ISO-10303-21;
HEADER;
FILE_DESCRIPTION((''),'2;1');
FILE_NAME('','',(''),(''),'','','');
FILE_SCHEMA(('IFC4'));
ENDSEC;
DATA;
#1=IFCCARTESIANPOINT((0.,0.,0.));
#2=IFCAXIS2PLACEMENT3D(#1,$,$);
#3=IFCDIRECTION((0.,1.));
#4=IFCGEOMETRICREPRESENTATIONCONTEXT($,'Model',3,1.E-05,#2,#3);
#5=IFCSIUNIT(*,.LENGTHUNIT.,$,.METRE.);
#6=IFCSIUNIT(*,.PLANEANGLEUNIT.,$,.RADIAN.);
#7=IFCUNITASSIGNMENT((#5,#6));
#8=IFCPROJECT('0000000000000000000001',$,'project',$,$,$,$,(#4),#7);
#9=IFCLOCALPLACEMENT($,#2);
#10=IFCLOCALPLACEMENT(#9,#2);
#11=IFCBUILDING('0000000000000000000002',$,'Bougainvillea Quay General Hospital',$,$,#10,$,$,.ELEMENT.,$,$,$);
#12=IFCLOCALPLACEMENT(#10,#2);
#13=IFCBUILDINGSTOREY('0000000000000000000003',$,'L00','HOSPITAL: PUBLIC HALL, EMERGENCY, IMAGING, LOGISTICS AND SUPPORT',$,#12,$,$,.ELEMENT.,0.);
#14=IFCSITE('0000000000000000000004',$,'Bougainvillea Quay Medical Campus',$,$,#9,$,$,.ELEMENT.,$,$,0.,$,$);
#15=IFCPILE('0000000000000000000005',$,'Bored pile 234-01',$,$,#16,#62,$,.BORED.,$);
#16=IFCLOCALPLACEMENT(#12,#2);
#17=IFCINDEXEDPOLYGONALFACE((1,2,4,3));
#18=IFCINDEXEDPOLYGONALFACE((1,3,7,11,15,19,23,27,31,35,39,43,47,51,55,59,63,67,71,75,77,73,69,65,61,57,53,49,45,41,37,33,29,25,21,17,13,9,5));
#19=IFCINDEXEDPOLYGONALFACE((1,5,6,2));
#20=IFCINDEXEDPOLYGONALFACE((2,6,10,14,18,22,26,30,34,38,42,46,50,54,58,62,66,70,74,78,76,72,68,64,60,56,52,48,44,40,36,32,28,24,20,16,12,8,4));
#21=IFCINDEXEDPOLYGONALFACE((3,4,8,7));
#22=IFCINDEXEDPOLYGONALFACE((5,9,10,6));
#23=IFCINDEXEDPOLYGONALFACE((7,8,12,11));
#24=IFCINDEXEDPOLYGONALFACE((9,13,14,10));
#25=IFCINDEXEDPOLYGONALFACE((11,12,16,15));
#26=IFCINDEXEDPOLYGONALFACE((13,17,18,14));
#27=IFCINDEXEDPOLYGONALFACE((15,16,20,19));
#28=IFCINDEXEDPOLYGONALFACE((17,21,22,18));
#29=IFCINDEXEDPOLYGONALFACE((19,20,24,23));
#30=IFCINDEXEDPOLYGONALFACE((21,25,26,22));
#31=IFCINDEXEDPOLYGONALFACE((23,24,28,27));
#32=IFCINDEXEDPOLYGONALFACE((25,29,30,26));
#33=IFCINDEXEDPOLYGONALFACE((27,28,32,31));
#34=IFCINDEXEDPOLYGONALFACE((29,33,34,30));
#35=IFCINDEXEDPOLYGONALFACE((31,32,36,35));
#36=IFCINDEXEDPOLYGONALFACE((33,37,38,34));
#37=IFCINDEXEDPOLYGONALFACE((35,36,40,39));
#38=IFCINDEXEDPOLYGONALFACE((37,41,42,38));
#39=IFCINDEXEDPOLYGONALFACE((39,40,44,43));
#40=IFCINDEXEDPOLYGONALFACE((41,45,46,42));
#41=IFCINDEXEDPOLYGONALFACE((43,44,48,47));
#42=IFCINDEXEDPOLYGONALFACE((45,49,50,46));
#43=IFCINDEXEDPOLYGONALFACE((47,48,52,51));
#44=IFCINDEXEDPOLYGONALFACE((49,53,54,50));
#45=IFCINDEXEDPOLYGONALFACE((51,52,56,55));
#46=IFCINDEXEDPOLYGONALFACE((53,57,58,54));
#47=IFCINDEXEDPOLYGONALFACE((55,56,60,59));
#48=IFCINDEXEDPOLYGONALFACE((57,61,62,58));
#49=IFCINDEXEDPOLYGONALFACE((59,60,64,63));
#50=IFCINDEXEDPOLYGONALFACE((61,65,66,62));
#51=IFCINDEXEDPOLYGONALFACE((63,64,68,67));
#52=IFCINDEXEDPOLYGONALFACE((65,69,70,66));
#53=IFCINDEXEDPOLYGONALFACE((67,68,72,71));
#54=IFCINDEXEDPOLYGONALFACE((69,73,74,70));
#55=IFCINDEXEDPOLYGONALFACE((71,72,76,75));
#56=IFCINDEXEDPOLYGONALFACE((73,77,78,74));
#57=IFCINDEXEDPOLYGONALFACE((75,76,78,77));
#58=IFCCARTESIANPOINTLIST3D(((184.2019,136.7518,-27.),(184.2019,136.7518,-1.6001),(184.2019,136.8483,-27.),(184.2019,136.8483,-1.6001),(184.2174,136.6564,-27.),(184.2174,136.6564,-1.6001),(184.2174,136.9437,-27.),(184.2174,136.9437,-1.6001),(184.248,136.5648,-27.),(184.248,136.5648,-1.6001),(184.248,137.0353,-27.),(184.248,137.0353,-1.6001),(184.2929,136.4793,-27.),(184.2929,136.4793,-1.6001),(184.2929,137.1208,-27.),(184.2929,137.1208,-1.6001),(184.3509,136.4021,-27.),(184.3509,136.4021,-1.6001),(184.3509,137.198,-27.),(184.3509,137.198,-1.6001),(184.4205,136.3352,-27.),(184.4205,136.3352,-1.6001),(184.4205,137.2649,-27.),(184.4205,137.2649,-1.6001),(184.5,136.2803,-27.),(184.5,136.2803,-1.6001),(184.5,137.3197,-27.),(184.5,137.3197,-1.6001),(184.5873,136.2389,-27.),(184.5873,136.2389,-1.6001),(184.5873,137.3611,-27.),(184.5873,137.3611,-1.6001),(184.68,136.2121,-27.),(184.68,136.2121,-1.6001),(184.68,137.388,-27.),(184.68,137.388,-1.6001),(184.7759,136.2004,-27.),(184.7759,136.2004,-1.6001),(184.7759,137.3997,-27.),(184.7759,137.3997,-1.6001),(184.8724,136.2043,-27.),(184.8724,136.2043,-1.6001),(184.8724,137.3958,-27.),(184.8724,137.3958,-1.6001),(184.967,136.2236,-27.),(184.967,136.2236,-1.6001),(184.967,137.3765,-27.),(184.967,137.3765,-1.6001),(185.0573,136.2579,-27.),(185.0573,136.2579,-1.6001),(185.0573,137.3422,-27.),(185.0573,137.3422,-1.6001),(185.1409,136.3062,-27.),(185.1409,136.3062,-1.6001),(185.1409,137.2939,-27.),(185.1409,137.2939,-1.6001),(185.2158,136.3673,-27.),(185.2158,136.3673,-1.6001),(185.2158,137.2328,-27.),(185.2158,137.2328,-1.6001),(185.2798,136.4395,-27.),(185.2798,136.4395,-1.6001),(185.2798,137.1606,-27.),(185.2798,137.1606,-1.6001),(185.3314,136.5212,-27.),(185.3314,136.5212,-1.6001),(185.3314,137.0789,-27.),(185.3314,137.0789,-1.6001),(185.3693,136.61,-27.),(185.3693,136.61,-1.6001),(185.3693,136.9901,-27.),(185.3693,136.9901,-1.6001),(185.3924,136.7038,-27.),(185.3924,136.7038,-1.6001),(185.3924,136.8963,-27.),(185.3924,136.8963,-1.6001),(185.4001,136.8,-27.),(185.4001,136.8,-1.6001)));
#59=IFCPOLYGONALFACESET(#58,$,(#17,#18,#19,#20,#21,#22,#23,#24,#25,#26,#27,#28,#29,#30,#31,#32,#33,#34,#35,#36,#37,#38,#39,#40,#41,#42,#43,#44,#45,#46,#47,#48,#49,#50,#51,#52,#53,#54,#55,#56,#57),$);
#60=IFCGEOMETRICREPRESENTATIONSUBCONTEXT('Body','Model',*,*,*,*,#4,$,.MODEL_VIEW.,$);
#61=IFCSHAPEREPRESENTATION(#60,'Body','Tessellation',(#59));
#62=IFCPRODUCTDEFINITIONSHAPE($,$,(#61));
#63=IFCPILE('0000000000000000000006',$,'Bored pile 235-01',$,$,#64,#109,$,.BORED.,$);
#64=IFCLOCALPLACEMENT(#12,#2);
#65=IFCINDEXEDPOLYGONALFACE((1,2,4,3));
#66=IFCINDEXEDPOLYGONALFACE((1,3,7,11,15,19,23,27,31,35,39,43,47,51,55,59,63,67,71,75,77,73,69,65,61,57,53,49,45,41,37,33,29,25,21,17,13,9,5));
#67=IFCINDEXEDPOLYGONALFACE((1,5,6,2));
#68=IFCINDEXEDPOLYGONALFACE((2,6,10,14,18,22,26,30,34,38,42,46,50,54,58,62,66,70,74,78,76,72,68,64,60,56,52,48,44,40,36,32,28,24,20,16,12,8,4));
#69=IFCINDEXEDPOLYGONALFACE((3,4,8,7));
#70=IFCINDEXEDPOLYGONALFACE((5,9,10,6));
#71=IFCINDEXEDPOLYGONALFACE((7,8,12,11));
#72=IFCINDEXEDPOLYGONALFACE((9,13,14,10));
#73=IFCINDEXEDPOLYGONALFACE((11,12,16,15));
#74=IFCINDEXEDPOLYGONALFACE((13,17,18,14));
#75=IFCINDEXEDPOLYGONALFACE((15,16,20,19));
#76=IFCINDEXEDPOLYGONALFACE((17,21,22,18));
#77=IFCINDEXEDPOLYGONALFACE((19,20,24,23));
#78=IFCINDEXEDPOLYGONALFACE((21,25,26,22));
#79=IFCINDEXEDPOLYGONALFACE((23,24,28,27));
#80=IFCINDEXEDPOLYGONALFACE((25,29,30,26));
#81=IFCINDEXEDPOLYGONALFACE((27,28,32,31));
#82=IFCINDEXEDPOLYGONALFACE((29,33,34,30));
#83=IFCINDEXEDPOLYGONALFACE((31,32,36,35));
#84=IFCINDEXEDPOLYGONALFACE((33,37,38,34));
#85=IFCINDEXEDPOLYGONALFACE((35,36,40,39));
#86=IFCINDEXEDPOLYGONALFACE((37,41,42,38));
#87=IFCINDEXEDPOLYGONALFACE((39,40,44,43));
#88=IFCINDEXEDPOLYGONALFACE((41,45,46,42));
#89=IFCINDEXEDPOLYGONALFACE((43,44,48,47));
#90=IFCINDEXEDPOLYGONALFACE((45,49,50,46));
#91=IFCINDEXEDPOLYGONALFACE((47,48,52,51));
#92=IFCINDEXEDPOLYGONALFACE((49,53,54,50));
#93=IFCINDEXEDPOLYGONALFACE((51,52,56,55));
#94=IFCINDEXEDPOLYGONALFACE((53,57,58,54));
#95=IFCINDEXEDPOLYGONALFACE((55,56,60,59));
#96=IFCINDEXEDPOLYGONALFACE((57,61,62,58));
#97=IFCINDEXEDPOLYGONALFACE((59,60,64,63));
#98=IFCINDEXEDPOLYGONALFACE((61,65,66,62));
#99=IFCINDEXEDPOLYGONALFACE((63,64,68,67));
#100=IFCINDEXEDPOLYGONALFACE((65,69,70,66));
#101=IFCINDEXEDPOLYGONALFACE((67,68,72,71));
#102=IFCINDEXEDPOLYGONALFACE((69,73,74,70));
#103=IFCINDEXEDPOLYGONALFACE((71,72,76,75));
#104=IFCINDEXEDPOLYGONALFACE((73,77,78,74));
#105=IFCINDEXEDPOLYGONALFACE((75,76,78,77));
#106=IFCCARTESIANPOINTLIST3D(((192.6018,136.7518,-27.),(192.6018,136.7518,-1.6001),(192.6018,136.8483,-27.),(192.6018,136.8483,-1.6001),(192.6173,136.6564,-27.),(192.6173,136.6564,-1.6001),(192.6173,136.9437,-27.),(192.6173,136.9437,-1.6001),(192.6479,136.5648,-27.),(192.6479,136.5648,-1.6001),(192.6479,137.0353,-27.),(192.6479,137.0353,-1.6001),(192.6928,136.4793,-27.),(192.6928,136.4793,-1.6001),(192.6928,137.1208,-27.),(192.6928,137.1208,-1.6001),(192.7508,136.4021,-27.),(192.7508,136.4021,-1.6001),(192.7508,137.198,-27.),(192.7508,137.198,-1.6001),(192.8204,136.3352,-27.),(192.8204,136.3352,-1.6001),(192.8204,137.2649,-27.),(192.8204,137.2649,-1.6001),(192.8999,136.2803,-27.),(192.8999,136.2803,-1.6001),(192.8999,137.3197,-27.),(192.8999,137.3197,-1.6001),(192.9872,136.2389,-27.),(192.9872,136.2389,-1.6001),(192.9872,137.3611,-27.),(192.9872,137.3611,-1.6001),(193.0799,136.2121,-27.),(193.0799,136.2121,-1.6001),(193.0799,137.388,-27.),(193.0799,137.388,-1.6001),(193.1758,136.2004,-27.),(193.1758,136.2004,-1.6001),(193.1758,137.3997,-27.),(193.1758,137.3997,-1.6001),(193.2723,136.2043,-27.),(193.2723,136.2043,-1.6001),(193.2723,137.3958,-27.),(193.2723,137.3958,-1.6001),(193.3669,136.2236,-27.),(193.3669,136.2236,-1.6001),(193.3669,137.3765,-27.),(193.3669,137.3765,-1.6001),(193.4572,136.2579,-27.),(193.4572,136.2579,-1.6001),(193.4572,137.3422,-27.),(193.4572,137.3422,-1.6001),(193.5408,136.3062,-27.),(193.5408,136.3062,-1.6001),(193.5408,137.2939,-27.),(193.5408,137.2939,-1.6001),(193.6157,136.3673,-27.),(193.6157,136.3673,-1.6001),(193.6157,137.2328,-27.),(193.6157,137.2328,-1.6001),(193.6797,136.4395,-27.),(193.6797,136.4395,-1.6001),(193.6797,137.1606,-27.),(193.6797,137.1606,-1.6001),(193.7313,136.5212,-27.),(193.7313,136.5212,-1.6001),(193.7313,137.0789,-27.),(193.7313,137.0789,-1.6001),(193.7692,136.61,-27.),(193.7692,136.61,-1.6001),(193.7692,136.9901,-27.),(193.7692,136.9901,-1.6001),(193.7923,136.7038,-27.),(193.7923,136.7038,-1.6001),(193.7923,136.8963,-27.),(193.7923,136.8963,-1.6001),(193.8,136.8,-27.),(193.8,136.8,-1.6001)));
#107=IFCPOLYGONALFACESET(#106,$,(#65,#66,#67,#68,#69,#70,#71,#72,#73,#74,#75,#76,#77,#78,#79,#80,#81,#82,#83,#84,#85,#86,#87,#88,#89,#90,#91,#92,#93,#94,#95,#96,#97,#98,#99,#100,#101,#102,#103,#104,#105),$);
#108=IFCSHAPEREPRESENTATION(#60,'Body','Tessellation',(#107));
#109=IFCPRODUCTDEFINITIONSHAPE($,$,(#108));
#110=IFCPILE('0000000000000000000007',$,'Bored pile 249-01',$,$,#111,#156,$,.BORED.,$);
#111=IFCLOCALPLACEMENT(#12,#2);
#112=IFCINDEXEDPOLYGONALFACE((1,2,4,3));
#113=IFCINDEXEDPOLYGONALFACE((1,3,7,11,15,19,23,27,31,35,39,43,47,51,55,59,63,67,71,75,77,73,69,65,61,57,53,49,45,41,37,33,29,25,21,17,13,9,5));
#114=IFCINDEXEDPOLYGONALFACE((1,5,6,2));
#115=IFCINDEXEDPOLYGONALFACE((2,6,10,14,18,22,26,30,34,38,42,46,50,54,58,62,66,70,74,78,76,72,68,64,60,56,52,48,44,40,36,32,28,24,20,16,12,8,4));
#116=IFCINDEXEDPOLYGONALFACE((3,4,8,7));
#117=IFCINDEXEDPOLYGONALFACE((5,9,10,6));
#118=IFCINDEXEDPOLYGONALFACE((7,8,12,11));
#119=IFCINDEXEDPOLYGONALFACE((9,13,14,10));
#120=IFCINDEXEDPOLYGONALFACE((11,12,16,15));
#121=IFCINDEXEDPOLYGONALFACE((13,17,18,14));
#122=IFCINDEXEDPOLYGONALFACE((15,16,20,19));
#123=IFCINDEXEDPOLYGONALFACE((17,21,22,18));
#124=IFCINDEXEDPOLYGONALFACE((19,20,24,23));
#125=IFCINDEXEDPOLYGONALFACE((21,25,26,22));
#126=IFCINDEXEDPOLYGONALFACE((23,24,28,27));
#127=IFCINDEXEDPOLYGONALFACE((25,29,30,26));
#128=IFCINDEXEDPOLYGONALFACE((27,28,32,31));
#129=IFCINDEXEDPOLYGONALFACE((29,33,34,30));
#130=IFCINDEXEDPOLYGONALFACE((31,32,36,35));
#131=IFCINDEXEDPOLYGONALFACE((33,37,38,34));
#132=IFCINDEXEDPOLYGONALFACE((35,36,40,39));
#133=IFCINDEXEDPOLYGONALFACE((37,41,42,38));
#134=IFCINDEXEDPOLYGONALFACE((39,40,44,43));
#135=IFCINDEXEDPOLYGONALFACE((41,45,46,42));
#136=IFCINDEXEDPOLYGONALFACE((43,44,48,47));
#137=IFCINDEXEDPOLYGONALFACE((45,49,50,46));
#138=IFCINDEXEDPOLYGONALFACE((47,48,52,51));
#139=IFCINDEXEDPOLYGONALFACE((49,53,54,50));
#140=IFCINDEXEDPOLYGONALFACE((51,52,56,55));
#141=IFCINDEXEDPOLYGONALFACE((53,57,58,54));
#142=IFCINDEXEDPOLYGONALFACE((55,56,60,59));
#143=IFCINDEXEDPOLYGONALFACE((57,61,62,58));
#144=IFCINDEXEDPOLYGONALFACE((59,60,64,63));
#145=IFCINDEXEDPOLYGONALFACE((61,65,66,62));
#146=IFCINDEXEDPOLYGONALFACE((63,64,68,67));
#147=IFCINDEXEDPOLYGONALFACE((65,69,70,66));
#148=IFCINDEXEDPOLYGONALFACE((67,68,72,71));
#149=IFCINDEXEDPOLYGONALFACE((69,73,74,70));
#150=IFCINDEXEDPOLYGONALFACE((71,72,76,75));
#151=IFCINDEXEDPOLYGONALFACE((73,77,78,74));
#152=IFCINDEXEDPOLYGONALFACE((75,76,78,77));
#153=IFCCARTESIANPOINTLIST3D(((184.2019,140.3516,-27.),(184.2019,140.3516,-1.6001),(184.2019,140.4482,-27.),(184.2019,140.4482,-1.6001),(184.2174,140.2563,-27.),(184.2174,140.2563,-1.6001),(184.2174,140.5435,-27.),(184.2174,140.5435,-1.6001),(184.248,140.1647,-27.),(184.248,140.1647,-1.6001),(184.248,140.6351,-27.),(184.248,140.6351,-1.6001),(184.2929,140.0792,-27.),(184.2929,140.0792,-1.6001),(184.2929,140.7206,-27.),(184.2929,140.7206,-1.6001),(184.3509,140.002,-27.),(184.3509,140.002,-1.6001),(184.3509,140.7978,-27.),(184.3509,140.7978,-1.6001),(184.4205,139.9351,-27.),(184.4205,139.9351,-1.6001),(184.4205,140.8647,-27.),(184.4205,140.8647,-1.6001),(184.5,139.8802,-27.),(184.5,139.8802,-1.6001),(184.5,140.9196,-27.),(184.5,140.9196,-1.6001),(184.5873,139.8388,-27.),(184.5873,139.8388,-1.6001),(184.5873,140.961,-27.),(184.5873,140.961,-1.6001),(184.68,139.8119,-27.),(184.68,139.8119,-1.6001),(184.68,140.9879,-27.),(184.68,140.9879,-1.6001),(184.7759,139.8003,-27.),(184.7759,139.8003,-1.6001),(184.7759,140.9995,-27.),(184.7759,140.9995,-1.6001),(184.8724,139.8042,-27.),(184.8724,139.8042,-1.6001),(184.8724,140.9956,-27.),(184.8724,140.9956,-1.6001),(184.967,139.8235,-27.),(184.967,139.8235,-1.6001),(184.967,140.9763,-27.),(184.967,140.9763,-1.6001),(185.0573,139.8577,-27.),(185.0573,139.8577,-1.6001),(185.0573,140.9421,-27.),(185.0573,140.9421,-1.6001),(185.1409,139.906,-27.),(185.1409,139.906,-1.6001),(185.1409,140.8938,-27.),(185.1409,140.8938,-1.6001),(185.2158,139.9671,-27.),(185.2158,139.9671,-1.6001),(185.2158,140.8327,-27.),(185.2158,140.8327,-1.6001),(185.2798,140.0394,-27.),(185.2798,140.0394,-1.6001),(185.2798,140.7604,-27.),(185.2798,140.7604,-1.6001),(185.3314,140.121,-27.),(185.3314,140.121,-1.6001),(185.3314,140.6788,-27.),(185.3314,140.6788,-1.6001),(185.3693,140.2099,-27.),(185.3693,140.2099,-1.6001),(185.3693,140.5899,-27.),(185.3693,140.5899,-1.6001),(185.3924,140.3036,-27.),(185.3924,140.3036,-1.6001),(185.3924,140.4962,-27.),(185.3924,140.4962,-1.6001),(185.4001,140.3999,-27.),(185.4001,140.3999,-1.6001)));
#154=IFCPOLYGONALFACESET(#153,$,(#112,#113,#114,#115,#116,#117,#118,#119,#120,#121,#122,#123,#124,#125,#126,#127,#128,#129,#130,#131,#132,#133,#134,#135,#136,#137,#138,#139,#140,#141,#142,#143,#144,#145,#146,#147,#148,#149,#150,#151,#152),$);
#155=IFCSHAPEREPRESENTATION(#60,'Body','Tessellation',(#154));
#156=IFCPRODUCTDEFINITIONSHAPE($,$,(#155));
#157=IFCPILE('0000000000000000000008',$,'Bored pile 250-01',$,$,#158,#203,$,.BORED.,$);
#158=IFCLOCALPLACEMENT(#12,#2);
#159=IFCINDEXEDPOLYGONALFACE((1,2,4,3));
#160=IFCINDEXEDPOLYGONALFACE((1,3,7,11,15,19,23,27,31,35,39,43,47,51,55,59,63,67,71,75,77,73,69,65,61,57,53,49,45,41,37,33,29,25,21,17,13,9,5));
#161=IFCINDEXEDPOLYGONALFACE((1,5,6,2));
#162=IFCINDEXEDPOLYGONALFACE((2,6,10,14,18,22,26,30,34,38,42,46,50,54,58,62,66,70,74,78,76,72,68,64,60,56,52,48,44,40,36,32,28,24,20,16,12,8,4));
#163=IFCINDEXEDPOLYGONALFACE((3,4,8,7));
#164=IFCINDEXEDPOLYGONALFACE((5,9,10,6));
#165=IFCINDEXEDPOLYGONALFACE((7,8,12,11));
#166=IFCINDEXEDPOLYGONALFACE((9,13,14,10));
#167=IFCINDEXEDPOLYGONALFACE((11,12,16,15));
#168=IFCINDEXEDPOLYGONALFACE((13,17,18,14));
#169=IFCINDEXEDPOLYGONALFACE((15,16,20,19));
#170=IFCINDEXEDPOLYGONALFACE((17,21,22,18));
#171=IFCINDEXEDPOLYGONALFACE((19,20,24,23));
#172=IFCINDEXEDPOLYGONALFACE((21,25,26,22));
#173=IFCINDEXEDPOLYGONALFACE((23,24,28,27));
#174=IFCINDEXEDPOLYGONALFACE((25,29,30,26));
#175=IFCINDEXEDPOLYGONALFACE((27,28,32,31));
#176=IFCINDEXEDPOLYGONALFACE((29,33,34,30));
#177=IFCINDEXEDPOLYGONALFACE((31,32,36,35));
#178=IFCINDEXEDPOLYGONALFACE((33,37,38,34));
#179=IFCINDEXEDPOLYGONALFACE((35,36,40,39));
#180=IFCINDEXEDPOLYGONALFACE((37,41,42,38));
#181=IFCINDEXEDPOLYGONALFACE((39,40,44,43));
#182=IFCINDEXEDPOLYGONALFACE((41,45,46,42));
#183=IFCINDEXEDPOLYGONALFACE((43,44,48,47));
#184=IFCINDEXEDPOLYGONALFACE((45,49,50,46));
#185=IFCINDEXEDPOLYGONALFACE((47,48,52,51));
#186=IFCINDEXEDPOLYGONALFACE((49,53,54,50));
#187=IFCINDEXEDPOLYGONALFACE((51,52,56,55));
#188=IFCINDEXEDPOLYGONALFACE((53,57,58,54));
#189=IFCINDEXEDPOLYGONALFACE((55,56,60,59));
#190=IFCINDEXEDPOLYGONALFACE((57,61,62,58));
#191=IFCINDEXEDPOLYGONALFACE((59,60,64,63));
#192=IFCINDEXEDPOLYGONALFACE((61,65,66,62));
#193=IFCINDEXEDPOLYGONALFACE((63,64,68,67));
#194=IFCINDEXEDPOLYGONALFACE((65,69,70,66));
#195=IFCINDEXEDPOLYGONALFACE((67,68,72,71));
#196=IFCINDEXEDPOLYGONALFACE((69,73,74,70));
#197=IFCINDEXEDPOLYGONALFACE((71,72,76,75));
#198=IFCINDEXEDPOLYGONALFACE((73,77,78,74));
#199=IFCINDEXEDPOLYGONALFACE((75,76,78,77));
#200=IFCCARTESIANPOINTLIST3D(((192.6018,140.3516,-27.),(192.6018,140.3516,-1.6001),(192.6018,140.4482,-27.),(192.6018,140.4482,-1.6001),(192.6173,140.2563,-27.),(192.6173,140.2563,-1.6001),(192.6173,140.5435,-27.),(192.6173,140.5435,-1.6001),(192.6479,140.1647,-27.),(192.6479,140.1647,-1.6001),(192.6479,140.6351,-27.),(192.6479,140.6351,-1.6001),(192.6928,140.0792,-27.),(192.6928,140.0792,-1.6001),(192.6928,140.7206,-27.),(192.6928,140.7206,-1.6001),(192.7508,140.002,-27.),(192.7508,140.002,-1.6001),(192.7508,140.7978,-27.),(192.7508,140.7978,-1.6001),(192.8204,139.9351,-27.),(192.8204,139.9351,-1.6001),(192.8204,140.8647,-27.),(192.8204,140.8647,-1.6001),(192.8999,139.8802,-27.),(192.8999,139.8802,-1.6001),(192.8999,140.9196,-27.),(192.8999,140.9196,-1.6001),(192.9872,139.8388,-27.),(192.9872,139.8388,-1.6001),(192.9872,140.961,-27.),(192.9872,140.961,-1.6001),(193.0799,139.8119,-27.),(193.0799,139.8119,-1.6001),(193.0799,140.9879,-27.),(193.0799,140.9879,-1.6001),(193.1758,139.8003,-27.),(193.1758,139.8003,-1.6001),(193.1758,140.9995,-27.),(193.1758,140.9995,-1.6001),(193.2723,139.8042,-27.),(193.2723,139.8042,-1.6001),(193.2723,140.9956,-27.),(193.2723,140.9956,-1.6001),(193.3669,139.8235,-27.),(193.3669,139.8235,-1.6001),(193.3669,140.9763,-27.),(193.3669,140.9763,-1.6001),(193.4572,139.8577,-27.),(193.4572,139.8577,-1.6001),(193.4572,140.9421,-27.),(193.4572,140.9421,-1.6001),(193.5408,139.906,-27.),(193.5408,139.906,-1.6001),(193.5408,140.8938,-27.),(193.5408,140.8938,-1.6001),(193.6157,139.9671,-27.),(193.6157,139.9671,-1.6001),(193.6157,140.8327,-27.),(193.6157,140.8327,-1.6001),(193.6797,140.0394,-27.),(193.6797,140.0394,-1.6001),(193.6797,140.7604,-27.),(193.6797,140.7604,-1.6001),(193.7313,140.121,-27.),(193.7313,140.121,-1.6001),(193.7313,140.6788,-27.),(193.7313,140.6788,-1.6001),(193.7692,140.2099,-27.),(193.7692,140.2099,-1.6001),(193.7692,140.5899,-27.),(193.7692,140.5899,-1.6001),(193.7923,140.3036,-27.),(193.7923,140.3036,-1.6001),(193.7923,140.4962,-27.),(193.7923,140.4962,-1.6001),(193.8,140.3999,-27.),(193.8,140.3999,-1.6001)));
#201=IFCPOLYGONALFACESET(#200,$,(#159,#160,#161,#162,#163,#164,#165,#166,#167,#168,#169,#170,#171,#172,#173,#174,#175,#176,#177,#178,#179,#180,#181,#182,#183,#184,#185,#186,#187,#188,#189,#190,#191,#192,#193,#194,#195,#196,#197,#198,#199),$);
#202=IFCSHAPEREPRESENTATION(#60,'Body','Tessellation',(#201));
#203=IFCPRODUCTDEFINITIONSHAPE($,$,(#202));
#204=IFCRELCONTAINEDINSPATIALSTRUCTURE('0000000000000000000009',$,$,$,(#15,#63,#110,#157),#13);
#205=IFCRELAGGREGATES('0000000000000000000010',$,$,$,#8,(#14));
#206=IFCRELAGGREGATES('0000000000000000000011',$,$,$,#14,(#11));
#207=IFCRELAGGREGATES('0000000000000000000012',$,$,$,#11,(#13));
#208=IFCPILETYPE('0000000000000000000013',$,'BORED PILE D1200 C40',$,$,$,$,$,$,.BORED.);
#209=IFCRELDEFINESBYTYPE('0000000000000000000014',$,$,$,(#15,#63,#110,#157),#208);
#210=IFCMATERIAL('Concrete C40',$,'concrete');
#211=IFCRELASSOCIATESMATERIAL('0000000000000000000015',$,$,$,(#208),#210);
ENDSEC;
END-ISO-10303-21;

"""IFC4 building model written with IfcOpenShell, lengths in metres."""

from ifc_helpers import new_model, si_unit, direction, frame, origin, origin_2d, place, context, subcontext, project, spatial, circle, extrude, material, material_profile, profile_set, type_object, element, save


model = new_model("IFC4")

# Units and contexts
model_context = context("Model", 3, precision=1e-05, world=origin(), true_north=direction((0.0, 1.0)))
body_context = subcontext(model_context, "Body", "Model", "MODEL_VIEW")
ifc_project = project(units=[si_unit("LENGTHUNIT", "METRE"), si_unit("PLANEANGLEUNIT", "RADIAN")], contexts=[model_context])

# Site, building, storey
site_placement = place(None, origin())
site = spatial("IfcSite", under=ifc_project, at=site_placement, Name="Bougainvillea Quay Medical Campus", CompositionType="ELEMENT", RefElevation=0.0)
building_placement = place(site_placement, origin())
building = spatial("IfcBuilding", under=site, at=building_placement, Name="Bougainvillea Quay General Hospital", CompositionType="ELEMENT")
storey_placement = place(building_placement, origin())
storey = spatial("IfcBuildingStorey", under=building, at=storey_placement, Name="L00", Description="HOSPITAL: PUBLIC HALL, EMERGENCY, IMAGING, LOGISTICS AND SUPPORT", CompositionType="ELEMENT", Elevation=0.0)

# Piles
ifc_material_1 = material(Name="Concrete C40", Category="concrete")
ifc_material_profile_1 = material_profile(ifc_material_1, circle(Radius=0.6001, at=origin_2d()))
ifc_profile_set_1 = profile_set([ifc_material_profile_1], Name="Concrete C40")
pile_type = type_object("IfcPileType", Name="BORED PILE D1200 C40", PredefinedType="BORED", material=ifc_profile_set_1)
for number, where, z_axis, x_axis, name in (
    (1, (184.8, 136.8, -1.6001), (0.0, 0.0, -1.0), (1.0, 0.0, 0.0), "Bored pile 234-01"),
    (2, (193.2, 136.8, -1.6001), (0.0, 0.0, -1.0), (1.0, 0.0, 0.0), "Bored pile 235-01"),
    (3, (184.8, 140.3999, -1.6001), (0.0, 0.0, -1.0), (1.0, 0.0, 0.0), "Bored pile 249-01"),
    (4, (193.2, 140.3999, -1.6001), (0.0, 0.0, -1.0), (1.0, 0.0, 0.0), "Bored pile 250-01"),
):
    element("IfcPile", number, at=place(storey_placement, frame(where, z_axis=z_axis, x_axis=x_axis)), inside=storey, type_object=pile_type, Name=name, PredefinedType="BORED", context=body_context, shape_type="SweptSolid", body=[
        extrude(circle(Radius=0.6001, at=origin_2d()), origin(), (0.0, 0.0, 1.0), 25.3999),
    ])

save(model, "model.ifc")
